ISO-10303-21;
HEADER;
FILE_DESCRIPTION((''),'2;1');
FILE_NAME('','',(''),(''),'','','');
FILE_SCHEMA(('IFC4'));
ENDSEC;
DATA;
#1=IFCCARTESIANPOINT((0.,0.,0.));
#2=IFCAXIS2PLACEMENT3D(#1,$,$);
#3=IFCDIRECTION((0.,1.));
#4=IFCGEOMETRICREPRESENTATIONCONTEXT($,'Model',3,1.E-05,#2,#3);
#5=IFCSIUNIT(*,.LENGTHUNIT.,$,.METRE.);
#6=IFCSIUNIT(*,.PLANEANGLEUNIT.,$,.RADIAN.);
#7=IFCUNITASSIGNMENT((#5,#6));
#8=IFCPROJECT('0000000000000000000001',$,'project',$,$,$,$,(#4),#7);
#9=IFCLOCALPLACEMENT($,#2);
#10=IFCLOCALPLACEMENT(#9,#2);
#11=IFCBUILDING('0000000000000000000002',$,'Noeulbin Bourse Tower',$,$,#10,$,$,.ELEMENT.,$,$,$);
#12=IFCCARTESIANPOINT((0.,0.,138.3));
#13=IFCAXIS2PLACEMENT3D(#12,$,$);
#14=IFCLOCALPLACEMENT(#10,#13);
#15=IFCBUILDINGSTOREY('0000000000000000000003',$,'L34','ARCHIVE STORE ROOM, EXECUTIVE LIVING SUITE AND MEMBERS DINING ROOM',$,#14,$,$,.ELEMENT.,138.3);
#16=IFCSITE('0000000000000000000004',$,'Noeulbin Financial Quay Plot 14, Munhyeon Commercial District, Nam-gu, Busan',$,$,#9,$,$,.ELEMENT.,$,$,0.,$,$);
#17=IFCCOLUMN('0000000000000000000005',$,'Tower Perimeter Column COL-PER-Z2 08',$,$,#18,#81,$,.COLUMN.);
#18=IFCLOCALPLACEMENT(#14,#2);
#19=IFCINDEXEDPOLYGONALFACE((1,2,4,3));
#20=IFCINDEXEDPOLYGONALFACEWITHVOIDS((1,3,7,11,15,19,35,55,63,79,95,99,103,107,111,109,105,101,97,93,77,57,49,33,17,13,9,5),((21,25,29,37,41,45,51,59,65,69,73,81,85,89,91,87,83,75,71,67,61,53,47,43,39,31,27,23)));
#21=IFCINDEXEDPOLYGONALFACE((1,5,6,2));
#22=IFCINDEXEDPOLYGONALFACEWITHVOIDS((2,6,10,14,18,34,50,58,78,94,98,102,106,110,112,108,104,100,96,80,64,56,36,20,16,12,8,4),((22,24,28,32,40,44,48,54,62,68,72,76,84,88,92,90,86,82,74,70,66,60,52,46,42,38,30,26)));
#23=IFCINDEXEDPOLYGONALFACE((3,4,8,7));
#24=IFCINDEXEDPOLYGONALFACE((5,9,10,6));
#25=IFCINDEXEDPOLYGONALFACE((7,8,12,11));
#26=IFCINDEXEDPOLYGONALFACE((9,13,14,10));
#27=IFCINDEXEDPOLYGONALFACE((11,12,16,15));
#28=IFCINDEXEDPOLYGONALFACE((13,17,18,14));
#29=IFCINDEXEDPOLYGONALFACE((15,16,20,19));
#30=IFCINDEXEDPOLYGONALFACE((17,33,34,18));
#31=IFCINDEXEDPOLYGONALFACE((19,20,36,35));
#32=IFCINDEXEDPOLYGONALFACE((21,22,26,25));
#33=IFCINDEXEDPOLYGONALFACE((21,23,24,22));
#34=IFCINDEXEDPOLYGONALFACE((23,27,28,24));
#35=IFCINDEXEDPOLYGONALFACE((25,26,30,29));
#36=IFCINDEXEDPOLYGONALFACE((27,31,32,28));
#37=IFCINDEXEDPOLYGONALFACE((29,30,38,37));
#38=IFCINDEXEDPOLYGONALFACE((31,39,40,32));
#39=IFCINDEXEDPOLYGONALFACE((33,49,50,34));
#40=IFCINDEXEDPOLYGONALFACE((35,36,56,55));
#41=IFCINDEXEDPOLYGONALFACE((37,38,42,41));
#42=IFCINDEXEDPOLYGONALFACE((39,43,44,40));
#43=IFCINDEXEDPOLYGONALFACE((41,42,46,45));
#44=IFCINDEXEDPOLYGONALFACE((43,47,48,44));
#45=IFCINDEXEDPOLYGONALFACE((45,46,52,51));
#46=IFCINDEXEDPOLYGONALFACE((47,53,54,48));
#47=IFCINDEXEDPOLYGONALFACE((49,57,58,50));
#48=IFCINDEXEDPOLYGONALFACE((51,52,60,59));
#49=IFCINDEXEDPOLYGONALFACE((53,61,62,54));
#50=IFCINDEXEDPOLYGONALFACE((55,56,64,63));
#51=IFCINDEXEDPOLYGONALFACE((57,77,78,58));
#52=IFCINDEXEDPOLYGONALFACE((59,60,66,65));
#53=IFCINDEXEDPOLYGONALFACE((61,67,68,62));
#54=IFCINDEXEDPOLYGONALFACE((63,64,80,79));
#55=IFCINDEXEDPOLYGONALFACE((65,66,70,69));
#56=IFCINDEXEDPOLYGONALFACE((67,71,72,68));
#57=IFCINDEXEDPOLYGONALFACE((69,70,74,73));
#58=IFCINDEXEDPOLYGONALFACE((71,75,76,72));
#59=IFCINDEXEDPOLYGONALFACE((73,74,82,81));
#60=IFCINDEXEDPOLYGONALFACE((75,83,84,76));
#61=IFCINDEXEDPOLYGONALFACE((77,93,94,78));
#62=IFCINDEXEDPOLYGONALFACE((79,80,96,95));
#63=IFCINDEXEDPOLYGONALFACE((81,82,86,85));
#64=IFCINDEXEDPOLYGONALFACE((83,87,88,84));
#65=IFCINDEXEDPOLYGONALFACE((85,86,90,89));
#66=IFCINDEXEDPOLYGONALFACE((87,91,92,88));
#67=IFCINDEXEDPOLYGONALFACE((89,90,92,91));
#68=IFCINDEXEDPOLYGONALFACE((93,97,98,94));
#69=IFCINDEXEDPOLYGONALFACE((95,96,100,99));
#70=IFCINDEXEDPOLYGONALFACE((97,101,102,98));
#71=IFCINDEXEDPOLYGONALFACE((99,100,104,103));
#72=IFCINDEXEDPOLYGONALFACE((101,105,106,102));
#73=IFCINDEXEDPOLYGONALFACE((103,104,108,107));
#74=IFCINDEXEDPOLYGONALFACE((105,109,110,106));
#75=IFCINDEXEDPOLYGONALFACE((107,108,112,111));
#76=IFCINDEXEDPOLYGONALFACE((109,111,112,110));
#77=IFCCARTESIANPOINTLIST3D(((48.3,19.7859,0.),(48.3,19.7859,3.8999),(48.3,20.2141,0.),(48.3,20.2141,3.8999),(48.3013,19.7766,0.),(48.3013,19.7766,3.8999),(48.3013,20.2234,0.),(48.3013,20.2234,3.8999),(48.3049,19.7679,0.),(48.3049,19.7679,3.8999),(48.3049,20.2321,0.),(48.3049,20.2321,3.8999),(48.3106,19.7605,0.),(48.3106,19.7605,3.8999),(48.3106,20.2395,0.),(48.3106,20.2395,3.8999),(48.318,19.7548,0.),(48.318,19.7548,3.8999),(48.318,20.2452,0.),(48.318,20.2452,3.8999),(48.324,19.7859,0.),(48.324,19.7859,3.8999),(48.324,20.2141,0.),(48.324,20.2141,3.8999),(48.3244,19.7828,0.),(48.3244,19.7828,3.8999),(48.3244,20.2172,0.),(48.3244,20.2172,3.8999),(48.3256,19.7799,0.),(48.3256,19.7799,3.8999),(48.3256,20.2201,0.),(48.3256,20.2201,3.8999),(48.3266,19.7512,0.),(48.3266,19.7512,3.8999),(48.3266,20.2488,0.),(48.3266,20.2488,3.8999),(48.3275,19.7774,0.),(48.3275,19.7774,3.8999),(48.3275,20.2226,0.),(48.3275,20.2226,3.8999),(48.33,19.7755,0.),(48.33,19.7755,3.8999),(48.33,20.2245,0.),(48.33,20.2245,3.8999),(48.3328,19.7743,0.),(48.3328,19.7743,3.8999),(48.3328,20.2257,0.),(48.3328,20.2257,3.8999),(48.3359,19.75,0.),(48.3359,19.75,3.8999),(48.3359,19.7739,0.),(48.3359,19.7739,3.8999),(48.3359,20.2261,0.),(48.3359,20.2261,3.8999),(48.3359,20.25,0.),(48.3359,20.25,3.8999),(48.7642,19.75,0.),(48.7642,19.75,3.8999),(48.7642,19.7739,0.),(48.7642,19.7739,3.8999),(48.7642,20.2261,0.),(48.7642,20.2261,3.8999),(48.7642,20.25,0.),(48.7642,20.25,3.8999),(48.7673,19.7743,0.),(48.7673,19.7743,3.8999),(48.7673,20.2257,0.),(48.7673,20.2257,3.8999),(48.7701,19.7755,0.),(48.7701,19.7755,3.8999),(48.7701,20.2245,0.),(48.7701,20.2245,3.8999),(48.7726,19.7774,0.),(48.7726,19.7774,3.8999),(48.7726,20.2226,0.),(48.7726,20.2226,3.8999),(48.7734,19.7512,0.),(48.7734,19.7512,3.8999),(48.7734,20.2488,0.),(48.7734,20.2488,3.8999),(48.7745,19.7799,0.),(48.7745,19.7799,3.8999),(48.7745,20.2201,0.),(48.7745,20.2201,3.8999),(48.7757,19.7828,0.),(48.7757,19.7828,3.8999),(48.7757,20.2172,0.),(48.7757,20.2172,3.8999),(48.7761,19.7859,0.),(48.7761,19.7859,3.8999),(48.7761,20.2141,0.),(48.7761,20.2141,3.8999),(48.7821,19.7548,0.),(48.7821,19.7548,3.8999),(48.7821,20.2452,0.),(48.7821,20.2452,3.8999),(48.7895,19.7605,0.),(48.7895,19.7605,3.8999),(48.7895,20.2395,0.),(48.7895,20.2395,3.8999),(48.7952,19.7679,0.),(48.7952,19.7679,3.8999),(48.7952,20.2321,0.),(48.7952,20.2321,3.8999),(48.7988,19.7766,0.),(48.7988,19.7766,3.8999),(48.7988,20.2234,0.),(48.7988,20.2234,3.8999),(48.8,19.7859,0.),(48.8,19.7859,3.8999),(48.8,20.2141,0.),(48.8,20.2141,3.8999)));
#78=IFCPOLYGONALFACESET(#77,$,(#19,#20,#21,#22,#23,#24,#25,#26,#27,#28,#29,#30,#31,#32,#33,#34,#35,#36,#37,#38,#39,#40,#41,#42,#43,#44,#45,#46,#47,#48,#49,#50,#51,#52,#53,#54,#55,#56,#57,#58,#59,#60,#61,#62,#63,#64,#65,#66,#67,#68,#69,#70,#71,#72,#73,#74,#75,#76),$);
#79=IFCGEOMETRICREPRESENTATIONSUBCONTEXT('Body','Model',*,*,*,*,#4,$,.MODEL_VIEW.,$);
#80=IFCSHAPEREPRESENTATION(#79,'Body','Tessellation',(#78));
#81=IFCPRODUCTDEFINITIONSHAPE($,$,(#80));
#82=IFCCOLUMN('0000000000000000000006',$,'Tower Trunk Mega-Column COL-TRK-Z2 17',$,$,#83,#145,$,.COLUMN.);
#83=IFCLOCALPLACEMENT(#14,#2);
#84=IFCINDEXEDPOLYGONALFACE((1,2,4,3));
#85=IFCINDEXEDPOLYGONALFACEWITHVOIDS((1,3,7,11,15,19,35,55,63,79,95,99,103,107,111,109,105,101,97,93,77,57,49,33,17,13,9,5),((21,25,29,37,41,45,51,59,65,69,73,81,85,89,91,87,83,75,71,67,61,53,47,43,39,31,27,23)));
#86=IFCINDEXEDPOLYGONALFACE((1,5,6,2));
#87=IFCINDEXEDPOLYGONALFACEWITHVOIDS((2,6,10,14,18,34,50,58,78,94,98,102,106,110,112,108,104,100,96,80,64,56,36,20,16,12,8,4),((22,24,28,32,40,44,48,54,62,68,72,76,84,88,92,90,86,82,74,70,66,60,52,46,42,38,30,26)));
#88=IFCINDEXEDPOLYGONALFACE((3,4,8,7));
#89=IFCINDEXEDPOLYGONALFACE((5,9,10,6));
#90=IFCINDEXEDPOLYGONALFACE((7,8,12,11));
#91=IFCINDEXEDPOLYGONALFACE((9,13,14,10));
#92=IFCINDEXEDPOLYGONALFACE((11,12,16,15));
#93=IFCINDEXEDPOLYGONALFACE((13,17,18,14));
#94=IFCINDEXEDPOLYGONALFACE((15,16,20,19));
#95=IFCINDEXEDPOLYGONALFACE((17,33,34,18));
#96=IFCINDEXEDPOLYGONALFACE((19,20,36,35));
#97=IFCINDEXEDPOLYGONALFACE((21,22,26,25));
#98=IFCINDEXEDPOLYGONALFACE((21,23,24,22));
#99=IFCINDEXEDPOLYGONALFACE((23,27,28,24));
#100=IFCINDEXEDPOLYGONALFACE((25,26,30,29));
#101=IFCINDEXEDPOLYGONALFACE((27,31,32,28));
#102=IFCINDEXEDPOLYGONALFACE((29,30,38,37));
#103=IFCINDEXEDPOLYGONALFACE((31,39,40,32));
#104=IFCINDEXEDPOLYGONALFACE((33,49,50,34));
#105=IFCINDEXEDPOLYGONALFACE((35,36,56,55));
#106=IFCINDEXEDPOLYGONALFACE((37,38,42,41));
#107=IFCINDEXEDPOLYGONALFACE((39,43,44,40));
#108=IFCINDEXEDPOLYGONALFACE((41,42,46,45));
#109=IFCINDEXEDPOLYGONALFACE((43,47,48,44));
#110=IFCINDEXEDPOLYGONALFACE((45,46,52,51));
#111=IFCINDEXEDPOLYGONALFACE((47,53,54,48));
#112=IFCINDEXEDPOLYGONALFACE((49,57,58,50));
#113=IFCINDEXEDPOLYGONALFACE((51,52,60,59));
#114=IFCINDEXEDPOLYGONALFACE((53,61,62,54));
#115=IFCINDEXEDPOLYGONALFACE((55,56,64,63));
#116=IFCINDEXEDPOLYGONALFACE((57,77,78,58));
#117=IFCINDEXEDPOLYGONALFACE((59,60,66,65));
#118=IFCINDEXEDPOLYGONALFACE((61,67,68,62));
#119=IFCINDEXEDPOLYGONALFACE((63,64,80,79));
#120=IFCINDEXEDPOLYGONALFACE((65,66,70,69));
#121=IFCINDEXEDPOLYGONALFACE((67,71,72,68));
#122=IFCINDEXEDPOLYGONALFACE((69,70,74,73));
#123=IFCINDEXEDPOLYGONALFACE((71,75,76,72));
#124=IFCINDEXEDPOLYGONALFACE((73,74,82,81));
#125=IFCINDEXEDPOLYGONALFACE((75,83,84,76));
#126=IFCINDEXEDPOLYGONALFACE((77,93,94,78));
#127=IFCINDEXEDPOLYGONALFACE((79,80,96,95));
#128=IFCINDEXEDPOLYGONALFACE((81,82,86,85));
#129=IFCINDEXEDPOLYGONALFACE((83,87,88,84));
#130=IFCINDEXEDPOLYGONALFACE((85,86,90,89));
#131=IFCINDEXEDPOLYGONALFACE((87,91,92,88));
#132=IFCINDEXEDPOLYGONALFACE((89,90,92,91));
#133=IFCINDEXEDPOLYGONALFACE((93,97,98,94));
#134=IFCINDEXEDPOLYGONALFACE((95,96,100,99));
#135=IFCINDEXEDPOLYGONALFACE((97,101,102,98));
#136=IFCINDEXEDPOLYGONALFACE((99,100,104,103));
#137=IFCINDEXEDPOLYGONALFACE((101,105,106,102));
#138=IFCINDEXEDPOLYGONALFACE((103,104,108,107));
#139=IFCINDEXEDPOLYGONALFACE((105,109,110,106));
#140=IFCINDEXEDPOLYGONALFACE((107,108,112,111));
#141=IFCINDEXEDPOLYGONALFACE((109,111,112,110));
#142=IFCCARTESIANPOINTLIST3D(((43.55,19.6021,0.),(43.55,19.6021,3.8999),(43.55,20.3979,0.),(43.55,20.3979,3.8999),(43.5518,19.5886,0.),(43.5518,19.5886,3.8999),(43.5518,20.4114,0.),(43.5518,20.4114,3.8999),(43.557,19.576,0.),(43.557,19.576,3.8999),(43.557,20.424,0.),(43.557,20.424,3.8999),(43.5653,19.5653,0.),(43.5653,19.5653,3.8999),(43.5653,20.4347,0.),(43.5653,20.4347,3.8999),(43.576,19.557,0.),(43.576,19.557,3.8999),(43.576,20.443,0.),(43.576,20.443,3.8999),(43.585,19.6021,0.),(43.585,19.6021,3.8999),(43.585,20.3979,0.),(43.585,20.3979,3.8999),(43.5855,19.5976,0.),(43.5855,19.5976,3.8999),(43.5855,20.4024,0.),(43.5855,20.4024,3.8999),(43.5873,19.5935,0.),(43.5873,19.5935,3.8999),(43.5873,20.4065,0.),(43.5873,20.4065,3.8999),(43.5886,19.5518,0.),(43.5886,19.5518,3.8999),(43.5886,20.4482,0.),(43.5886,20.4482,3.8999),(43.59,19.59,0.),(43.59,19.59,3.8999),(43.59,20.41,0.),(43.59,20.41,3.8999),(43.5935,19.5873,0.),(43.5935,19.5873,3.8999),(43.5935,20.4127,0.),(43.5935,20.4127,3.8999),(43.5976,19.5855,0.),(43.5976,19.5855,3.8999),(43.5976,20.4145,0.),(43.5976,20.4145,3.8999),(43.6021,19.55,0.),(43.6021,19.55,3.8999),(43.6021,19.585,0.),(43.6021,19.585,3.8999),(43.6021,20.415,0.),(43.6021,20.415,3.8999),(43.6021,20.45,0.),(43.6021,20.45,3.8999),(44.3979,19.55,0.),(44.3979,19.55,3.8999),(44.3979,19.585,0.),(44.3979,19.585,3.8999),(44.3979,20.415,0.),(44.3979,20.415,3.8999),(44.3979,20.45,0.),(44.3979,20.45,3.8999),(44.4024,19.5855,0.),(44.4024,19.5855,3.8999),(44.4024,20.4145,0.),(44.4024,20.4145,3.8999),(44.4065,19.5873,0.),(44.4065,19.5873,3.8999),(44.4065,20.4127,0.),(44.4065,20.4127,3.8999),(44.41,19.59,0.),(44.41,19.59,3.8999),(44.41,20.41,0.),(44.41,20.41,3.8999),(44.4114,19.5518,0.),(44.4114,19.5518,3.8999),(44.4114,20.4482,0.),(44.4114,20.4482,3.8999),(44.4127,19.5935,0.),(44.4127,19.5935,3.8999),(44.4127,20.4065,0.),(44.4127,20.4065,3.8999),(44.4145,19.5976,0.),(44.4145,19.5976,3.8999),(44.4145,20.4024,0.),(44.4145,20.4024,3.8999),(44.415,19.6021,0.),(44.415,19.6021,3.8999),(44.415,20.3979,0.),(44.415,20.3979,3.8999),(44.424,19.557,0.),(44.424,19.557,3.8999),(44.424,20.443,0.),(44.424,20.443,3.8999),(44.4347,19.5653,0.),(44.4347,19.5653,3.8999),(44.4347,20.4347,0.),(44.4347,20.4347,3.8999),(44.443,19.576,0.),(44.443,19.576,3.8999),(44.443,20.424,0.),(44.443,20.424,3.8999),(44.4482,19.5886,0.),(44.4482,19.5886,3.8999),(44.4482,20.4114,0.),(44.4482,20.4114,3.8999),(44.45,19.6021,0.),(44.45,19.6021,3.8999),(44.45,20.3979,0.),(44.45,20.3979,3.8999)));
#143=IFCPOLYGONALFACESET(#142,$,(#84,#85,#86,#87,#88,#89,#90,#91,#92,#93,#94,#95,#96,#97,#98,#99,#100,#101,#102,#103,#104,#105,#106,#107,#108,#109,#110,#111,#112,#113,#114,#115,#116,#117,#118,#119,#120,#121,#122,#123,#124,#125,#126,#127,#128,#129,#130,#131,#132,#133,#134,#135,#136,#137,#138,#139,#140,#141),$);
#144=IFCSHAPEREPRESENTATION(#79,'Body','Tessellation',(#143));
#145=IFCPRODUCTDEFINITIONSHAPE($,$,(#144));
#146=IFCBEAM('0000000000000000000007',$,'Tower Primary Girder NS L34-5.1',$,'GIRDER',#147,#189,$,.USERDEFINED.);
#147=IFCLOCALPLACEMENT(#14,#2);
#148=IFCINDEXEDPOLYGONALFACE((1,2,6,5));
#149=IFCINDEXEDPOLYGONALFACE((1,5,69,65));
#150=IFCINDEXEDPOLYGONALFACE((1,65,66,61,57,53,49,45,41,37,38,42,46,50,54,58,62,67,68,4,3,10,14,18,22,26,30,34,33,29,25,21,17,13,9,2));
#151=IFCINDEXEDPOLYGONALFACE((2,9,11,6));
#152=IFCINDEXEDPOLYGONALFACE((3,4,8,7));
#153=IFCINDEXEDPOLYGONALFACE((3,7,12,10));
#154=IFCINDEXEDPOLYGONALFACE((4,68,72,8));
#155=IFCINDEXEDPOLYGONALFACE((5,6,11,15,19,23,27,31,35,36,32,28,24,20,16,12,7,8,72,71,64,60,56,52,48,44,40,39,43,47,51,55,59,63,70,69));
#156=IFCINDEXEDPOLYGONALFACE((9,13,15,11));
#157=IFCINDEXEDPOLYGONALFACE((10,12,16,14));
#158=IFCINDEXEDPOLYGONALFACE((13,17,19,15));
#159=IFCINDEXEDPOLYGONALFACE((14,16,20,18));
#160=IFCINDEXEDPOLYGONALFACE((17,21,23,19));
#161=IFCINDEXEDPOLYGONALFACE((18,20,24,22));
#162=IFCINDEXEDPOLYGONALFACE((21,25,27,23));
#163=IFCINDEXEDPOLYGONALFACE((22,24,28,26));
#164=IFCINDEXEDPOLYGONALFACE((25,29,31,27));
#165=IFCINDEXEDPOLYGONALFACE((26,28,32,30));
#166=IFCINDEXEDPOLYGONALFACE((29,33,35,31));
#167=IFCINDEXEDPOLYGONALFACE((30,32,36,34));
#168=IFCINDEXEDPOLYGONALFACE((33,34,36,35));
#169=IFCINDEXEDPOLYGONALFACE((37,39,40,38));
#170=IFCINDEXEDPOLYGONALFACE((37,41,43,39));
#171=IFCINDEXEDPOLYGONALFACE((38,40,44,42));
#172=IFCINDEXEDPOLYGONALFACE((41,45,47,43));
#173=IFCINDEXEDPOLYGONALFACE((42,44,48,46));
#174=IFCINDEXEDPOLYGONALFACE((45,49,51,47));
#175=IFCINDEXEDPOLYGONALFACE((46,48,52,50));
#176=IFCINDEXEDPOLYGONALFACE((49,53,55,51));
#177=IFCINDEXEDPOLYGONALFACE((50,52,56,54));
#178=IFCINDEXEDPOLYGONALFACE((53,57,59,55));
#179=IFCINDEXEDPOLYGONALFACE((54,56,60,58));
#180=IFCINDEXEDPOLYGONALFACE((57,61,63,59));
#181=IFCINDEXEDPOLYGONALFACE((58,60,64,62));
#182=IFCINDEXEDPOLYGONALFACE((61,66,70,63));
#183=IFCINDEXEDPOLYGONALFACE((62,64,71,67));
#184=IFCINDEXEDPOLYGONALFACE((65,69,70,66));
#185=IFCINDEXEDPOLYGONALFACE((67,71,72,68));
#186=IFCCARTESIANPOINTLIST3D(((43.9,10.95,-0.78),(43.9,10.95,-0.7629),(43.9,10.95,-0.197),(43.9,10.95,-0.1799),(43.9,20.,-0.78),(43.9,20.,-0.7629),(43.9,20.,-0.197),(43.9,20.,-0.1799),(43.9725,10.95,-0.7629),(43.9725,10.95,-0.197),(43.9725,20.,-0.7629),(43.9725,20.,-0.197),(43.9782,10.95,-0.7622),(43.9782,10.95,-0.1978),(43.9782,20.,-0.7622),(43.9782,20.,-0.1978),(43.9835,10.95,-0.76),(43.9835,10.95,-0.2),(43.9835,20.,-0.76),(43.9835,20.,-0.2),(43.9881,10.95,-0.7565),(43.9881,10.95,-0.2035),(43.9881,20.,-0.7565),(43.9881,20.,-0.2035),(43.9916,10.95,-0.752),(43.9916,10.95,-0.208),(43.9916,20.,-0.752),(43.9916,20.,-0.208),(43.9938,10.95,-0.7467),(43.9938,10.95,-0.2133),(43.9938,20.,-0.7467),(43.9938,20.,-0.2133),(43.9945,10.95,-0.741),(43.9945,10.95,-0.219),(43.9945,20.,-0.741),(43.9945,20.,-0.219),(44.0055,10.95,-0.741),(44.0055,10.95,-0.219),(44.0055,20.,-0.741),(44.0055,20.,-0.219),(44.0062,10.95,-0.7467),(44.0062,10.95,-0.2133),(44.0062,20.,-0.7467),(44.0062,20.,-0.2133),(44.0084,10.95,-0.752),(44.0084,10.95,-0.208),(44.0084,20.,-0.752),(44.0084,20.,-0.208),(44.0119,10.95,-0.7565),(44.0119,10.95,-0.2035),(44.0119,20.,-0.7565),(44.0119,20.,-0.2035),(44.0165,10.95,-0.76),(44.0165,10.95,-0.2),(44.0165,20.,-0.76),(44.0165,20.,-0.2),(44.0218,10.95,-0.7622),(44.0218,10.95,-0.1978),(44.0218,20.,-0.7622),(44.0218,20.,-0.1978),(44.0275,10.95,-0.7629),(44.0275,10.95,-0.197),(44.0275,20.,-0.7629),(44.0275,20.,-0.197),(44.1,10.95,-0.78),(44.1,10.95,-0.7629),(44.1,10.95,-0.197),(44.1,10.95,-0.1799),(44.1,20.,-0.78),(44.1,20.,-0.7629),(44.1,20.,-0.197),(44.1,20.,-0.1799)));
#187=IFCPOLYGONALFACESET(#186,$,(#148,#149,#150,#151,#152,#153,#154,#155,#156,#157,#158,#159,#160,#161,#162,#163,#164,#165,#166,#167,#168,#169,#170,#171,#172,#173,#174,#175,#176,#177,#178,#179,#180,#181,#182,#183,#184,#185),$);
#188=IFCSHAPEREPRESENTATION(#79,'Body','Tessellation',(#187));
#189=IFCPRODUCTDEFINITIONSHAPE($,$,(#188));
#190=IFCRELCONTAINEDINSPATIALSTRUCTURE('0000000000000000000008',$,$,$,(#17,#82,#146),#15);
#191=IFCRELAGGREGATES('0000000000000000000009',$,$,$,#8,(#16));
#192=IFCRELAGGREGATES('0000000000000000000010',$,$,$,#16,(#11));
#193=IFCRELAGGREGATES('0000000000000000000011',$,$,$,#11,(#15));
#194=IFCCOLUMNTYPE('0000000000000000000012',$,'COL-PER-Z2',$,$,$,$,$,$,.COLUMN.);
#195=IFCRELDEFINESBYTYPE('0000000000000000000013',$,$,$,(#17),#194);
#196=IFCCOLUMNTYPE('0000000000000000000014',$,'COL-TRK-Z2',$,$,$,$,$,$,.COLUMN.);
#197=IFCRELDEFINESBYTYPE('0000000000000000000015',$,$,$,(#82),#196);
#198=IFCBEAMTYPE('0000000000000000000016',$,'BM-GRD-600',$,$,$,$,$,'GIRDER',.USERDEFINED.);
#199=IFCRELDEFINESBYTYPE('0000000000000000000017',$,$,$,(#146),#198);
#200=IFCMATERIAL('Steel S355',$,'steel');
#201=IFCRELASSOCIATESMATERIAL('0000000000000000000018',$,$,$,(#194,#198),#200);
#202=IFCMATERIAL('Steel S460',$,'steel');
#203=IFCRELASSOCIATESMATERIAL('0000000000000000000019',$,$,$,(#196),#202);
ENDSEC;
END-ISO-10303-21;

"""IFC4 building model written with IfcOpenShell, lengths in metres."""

from ifc_helpers import new_model, si_unit, direction, frame, origin, origin_2d, place, context, subcontext, project, spatial, hollow_rectangle, i_section, extrude, material, material_profile, profile_set, type_object, element, save


model = new_model("IFC4")

# Units and contexts
model_context = context("Model", 3, precision=1e-05, world=origin(), true_north=direction((0.0, 1.0)))
body_context = subcontext(model_context, "Body", "Model", "MODEL_VIEW")
ifc_project = project(units=[si_unit("LENGTHUNIT", "METRE"), si_unit("PLANEANGLEUNIT", "RADIAN")], contexts=[model_context])

# Site, building, storey
site_placement = place(None, origin())
site = spatial("IfcSite", under=ifc_project, at=site_placement, Name="Noeulbin Financial Quay Plot 14, Munhyeon Commercial District, Nam-gu, Busan", CompositionType="ELEMENT", RefElevation=0.0)
building_placement = place(site_placement, origin())
building = spatial("IfcBuilding", under=site, at=building_placement, Name="Noeulbin Bourse Tower", CompositionType="ELEMENT")
storey_placement = place(building_placement, frame((0.0, 0.0, 138.3)))
storey = spatial("IfcBuildingStorey", under=building, at=storey_placement, Name="L34", Description="ARCHIVE STORE ROOM, EXECUTIVE LIVING SUITE AND MEMBERS DINING ROOM", CompositionType="ELEMENT", Elevation=138.3)

# Columns
ifc_material_1 = material(Name="Steel S355", Category="steel")
ifc_material_profile_1 = material_profile(ifc_material_1, hollow_rectangle(XDim=0.5, YDim=0.5, WallThickness=0.0239, InnerFilletRadius=0.012, OuterFilletRadius=0.0359, at=origin_2d()), Name="BOX-500x500x24", Category="LoadBearing")
ifc_profile_set_1 = profile_set([ifc_material_profile_1], Name="Steel S355")
column_type_1 = type_object("IfcColumnType", Name="COL-PER-Z2", PredefinedType="COLUMN", material=ifc_profile_set_1)
column_1_placement = place(storey_placement, frame((48.55, 20.0, 0.0), z_axis=(0.0, 0.0, 1.0), x_axis=(1.0, 0.0, 0.0)))
element("IfcColumn", 1, at=column_1_placement, inside=storey, type_object=column_type_1, Name="Tower Perimeter Column COL-PER-Z2 08", PredefinedType="COLUMN", context=body_context, shape_type="SweptSolid", body=[
    extrude(hollow_rectangle(XDim=0.5, YDim=0.5, WallThickness=0.0239, InnerFilletRadius=0.012, OuterFilletRadius=0.0359, at=origin_2d()), origin(), (0.0, 0.0, 1.0), 3.8999),
])
ifc_material_2 = material(Name="Steel S460", Category="steel")
ifc_material_profile_2 = material_profile(ifc_material_2, hollow_rectangle(XDim=0.8999, YDim=0.8999, WallThickness=0.0349, InnerFilletRadius=0.0171, OuterFilletRadius=0.052, at=origin_2d()), Name="BOX-900x900x35", Category="LoadBearing")
ifc_profile_set_2 = profile_set([ifc_material_profile_2], Name="Steel S460")
column_type_2 = type_object("IfcColumnType", Name="COL-TRK-Z2", PredefinedType="COLUMN", material=ifc_profile_set_2)
column_2_placement = place(storey_placement, frame((44.0, 20.0, 0.0), z_axis=(0.0, 0.0, 1.0), x_axis=(1.0, 0.0, 0.0)))
element("IfcColumn", 2, at=column_2_placement, inside=storey, type_object=column_type_2, Name="Tower Trunk Mega-Column COL-TRK-Z2 17", PredefinedType="COLUMN", context=body_context, shape_type="SweptSolid", body=[
    extrude(hollow_rectangle(XDim=0.8999, YDim=0.8999, WallThickness=0.0349, InnerFilletRadius=0.0171, OuterFilletRadius=0.052, at=origin_2d()), origin(), (0.0, 0.0, 1.0), 3.8999),
])

# Beam
ifc_material_profile_3 = material_profile(ifc_material_1, i_section(OverallWidth=0.2, OverallDepth=0.6001, WebThickness=0.011, FlangeThickness=0.0171, FilletRadius=0.022, at=origin_2d()), Name="H-600x200x11x17", Category="LoadBearing")
ifc_profile_set_3 = profile_set([ifc_material_profile_3], Name="Steel S355")
beam_type_1 = type_object("IfcBeamType", Name="BM-GRD-600", ElementType="GIRDER", PredefinedType="USERDEFINED", material=ifc_profile_set_3)
beam_1_placement = place(storey_placement, frame((44.0, 10.95, -0.48), z_axis=(0.0, 1.0, 0.0), x_axis=(-1.0, 0.0, 0.0)))
element("IfcBeam", 3, at=beam_1_placement, inside=storey, type_object=beam_type_1, Name="Tower Primary Girder NS L34-5.1", ObjectType="GIRDER", PredefinedType="USERDEFINED", context=body_context, shape_type="SweptSolid", body=[
    extrude(i_section(OverallWidth=0.2, OverallDepth=0.6001, WebThickness=0.011, FlangeThickness=0.0171, FilletRadius=0.022, at=origin_2d()), origin(), (0.0, 0.0, 1.0), 9.05),
])

save(model, "model.ifc")
